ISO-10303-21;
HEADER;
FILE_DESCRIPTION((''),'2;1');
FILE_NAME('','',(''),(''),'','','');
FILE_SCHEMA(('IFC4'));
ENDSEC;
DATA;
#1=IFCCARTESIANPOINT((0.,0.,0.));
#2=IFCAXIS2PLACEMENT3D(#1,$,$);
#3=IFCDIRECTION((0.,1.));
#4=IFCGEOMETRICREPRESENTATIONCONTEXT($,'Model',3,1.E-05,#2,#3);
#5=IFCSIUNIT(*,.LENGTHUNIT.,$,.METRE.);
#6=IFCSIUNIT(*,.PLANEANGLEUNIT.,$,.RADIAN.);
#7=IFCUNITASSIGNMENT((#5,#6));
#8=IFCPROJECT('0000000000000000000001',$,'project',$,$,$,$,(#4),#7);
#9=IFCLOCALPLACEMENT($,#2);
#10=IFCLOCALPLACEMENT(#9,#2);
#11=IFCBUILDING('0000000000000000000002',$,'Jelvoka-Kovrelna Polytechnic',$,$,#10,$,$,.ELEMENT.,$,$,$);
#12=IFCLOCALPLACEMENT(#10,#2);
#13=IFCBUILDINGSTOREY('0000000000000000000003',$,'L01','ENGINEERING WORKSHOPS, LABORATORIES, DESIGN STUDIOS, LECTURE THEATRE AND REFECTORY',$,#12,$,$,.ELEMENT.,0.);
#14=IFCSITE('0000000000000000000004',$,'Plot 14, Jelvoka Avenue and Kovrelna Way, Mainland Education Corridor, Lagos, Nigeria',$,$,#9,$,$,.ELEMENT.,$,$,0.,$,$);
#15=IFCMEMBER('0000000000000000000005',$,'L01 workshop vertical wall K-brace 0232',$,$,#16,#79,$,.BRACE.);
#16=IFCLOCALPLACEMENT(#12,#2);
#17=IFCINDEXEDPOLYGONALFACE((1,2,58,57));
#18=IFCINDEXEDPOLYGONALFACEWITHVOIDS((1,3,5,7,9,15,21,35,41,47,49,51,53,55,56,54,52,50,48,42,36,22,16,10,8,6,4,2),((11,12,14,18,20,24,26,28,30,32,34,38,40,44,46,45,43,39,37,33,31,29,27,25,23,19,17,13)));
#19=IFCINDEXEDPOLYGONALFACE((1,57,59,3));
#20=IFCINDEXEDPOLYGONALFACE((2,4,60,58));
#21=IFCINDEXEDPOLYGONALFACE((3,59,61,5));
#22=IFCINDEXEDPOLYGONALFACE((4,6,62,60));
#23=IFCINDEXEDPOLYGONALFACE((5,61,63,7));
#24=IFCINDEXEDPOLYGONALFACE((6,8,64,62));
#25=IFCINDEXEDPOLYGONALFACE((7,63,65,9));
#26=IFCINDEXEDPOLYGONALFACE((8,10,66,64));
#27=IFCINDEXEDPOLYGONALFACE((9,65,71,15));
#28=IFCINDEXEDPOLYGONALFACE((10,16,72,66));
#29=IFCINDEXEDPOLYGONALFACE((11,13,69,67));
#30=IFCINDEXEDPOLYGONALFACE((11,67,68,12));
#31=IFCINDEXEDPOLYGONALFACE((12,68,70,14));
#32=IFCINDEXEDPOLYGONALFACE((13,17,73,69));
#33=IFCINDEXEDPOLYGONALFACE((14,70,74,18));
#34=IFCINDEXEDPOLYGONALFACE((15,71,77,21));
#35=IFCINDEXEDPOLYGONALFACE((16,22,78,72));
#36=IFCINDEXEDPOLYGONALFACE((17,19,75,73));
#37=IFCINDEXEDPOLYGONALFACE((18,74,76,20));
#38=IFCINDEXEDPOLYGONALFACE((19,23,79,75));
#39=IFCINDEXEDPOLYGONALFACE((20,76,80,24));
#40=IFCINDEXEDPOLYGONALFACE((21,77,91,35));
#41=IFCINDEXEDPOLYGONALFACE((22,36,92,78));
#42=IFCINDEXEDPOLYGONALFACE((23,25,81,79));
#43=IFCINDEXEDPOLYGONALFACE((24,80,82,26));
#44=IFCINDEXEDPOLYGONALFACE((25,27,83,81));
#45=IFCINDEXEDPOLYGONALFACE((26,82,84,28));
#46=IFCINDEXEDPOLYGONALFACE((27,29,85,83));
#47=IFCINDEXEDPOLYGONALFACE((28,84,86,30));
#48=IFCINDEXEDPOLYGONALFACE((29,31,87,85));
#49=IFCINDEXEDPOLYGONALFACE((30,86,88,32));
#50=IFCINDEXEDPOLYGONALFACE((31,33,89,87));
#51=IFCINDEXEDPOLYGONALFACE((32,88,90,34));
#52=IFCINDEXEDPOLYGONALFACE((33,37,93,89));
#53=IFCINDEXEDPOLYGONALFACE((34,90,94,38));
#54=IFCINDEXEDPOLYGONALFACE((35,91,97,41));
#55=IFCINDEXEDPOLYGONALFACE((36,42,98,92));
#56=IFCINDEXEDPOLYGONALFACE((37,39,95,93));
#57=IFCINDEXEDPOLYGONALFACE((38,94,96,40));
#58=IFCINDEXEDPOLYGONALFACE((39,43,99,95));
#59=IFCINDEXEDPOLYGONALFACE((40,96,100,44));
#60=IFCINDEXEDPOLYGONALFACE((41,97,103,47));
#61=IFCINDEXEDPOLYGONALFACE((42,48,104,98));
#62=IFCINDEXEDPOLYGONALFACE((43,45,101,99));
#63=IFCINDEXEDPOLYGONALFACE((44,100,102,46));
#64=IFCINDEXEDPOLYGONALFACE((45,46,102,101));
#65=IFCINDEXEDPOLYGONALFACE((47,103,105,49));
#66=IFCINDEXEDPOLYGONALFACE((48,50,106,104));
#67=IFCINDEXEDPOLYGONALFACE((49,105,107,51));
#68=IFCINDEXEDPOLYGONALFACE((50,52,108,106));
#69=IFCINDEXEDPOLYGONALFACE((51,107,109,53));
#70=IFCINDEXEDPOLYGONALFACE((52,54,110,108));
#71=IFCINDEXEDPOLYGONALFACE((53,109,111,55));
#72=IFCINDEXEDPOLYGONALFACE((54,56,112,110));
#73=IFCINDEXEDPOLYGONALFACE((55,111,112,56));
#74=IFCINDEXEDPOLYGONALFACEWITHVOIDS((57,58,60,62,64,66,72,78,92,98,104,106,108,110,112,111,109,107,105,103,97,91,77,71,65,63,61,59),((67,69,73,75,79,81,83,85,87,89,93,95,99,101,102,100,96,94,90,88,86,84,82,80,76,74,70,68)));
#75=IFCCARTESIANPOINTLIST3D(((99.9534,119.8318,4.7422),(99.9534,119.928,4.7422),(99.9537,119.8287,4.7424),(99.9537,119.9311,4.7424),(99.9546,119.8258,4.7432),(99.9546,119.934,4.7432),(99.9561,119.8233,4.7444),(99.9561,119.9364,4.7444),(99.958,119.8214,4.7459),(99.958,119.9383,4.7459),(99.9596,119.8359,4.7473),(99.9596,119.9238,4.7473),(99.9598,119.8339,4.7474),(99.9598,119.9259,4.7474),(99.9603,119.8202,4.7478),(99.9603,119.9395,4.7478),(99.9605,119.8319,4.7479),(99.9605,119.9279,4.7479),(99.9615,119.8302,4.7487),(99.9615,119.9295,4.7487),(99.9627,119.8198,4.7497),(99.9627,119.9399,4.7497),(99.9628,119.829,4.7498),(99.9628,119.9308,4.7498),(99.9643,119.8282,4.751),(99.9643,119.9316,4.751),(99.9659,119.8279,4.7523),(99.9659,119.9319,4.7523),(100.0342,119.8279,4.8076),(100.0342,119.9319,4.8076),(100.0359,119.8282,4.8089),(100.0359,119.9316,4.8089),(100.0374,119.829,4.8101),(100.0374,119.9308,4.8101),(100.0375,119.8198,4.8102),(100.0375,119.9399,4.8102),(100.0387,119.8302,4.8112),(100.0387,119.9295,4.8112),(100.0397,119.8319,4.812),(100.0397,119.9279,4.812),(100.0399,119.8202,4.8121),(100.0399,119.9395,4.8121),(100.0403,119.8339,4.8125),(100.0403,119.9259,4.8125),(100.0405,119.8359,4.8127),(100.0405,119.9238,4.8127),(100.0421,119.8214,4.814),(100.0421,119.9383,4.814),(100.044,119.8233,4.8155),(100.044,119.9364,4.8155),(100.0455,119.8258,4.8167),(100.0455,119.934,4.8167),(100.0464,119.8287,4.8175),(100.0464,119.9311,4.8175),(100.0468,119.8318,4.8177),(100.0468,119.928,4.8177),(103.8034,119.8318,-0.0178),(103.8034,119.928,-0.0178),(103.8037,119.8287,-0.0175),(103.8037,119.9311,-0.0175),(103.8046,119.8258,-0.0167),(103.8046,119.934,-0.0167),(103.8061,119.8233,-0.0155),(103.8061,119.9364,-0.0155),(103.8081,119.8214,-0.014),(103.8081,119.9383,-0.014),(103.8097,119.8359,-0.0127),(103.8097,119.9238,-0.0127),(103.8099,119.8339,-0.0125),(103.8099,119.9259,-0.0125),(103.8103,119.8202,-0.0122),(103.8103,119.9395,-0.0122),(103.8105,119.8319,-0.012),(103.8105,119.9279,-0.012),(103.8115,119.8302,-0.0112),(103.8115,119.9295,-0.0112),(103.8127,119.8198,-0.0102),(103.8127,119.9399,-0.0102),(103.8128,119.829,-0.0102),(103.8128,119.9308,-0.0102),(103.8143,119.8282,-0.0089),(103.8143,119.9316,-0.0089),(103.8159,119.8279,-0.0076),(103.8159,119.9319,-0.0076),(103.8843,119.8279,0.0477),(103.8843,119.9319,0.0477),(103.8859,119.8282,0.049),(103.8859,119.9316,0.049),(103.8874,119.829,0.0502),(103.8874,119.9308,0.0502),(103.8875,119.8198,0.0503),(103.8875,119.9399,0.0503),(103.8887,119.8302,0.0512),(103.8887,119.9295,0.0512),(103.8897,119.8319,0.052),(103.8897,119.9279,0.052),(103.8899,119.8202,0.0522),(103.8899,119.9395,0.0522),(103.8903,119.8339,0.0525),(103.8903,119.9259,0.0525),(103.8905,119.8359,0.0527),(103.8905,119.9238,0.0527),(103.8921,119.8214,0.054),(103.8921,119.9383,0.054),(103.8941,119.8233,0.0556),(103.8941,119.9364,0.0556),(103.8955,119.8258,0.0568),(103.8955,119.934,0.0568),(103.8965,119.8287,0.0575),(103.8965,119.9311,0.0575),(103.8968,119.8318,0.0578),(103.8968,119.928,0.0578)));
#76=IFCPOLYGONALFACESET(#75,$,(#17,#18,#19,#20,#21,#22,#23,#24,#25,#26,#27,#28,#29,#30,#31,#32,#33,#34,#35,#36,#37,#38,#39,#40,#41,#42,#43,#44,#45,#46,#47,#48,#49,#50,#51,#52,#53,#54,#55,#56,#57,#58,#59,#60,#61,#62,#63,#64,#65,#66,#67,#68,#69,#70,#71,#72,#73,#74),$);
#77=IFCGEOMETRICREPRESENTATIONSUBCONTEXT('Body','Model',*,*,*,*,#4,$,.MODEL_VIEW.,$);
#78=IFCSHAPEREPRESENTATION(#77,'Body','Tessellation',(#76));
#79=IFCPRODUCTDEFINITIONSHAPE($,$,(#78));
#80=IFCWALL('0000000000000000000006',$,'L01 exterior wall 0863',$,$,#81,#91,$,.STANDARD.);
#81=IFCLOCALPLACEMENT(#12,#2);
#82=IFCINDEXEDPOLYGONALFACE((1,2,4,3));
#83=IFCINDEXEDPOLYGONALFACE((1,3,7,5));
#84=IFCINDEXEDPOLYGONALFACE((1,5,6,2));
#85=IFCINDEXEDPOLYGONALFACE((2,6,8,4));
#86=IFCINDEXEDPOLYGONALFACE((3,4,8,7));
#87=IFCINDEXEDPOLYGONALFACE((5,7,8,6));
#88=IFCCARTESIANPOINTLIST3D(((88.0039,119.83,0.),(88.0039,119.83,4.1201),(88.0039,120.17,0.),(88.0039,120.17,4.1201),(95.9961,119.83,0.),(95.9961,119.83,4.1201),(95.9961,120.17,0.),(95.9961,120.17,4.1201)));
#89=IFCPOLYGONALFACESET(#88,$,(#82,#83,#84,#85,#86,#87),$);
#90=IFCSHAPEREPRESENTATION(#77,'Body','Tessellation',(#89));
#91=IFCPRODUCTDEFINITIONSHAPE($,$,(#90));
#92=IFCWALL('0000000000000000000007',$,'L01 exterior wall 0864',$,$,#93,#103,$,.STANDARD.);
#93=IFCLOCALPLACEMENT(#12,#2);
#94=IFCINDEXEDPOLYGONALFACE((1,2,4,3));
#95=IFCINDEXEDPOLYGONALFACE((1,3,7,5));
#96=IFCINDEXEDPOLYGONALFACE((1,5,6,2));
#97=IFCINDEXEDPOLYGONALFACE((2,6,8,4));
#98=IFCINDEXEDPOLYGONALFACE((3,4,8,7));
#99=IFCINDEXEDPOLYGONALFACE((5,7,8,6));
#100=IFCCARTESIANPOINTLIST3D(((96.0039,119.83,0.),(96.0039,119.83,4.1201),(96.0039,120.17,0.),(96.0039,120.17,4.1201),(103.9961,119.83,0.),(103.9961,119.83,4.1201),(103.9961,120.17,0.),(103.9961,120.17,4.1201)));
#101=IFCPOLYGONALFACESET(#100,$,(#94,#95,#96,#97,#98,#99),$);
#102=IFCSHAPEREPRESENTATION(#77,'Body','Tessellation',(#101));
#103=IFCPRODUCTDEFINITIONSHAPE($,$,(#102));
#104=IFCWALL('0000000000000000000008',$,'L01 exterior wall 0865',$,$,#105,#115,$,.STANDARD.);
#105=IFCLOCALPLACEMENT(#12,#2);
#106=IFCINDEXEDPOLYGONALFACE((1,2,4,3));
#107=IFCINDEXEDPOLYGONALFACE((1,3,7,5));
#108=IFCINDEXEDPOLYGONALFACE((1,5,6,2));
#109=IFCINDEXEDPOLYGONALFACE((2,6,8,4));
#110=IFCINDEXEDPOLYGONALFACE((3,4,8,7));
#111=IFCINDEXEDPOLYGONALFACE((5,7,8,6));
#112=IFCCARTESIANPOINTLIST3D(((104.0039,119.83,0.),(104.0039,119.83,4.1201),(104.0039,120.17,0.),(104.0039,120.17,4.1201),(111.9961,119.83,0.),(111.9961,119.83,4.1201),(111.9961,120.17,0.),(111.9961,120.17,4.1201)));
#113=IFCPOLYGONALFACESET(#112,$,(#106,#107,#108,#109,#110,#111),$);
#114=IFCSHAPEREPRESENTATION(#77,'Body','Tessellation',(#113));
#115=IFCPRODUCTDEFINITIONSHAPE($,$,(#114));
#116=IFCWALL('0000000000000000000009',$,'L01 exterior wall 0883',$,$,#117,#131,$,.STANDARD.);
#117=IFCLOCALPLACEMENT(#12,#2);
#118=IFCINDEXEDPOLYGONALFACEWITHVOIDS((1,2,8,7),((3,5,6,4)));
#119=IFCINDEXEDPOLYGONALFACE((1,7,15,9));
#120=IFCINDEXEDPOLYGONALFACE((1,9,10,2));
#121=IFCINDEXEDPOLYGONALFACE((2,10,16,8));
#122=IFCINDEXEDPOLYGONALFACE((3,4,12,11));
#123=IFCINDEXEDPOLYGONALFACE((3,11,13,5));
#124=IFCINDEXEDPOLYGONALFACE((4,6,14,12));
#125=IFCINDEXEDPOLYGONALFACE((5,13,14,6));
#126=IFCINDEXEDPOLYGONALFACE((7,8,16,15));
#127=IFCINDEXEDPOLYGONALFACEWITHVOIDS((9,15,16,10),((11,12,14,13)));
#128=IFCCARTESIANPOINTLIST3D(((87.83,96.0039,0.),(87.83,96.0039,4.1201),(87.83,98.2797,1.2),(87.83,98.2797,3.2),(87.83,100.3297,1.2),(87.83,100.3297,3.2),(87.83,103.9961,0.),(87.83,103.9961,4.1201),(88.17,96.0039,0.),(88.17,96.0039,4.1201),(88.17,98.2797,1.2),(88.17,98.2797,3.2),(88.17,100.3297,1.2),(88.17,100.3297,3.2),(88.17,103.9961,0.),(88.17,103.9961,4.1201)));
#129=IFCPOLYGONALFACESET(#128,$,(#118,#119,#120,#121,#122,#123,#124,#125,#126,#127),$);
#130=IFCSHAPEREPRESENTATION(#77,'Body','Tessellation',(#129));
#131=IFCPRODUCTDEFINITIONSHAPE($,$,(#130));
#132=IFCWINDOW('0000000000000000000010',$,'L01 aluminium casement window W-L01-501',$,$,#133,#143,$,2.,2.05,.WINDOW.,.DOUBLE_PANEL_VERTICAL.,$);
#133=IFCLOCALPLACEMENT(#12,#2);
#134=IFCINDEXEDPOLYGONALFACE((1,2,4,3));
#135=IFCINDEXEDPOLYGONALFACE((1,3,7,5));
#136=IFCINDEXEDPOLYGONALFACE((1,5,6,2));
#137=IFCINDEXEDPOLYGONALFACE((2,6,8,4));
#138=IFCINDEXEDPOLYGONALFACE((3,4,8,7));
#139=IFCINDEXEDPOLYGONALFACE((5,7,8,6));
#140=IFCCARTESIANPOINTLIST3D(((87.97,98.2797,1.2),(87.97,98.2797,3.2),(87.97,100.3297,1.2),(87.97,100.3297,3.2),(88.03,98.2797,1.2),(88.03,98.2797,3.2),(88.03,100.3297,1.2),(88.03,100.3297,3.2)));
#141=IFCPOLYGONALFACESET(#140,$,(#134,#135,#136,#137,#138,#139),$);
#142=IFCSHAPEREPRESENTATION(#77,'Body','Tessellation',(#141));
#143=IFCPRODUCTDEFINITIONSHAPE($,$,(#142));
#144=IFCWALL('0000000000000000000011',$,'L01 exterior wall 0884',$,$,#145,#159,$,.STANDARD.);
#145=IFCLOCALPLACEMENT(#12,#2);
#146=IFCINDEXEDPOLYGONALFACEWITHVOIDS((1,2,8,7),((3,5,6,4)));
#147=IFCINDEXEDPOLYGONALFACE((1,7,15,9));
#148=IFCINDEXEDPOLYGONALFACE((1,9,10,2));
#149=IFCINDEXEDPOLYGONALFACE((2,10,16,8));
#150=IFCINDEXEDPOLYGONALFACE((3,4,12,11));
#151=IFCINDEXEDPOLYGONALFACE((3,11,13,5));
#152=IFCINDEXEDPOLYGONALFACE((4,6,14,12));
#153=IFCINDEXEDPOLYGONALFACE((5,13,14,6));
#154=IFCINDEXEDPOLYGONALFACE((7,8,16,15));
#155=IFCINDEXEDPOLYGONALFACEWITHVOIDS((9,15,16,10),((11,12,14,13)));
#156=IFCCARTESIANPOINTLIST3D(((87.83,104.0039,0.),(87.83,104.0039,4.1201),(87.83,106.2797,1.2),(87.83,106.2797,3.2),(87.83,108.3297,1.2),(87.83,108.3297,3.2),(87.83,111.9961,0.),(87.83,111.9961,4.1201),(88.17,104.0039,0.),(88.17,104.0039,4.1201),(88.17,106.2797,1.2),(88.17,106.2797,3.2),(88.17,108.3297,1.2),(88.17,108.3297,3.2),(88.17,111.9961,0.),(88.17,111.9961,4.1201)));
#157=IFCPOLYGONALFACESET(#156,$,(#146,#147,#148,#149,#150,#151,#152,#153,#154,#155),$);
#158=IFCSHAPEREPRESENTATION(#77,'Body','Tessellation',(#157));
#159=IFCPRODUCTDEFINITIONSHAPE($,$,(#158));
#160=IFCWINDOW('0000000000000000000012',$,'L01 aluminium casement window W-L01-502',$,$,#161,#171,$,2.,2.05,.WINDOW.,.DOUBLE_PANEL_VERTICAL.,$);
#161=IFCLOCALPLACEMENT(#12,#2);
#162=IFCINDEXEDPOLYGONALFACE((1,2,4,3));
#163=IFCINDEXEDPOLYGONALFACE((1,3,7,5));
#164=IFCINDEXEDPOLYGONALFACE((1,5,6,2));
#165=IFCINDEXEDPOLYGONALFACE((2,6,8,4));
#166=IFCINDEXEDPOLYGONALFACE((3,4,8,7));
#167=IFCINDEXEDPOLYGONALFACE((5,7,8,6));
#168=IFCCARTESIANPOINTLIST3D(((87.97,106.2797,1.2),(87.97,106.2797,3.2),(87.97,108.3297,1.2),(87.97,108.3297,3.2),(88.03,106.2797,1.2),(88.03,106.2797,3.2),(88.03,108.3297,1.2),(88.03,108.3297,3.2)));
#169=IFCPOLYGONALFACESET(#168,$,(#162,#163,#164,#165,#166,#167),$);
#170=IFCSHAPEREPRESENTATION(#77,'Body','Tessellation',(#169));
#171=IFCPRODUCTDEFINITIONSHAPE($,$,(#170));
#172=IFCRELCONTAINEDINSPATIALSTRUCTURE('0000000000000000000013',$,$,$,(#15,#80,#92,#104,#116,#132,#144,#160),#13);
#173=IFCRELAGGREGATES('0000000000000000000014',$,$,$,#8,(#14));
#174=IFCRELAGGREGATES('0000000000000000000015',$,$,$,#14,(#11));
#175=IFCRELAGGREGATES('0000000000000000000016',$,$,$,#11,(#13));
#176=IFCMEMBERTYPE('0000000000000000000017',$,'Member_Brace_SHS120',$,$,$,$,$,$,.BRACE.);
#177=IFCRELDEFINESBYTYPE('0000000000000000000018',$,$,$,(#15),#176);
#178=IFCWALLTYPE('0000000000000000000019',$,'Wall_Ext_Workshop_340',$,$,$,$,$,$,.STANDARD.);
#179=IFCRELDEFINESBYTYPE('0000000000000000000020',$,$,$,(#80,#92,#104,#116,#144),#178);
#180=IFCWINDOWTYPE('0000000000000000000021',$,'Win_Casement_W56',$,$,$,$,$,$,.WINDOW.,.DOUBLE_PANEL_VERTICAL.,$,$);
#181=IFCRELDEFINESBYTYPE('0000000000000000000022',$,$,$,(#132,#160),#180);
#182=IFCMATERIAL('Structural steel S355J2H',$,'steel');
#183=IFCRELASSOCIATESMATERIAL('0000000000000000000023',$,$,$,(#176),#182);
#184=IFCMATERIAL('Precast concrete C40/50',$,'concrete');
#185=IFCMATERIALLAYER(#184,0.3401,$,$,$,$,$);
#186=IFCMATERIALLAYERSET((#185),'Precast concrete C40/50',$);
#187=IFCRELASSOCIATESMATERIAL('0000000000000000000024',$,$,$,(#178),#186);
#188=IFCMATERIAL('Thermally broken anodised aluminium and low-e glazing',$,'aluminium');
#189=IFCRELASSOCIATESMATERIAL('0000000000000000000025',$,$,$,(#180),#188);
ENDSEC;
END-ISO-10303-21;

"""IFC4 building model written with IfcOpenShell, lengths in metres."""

from ifc_helpers import new_model, si_unit, direction, frame, frame_2d, origin, origin_2d, place, context, subcontext, project, spatial, rectangle, hollow_rectangle, extrude, material, layer, layer_set, material_profile, profile_set, type_object, element, fill, save


model = new_model("IFC4")

# Units and contexts
model_context = context("Model", 3, precision=1e-05, world=origin(), true_north=direction((0.0, 1.0)))
body_context = subcontext(model_context, "Body", "Model", "MODEL_VIEW")
ifc_project = project(units=[si_unit("LENGTHUNIT", "METRE"), si_unit("PLANEANGLEUNIT", "RADIAN")], contexts=[model_context])

# Site, building, storey
site_placement = place(None, origin())
site = spatial("IfcSite", under=ifc_project, at=site_placement, Name="Plot 14, Jelvoka Avenue and Kovrelna Way, Mainland Education Corridor, Lagos, Nigeria", CompositionType="ELEMENT", RefElevation=0.0)
building_placement = place(site_placement, origin())
building = spatial("IfcBuilding", under=site, at=building_placement, Name="Jelvoka-Kovrelna Polytechnic", CompositionType="ELEMENT")
storey_placement = place(building_placement, origin())
storey = spatial("IfcBuildingStorey", under=building, at=storey_placement, Name="L01", Description="ENGINEERING WORKSHOPS, LABORATORIES, DESIGN STUDIOS, LECTURE THEATRE AND REFECTORY", CompositionType="ELEMENT", Elevation=0.0)

# Member
ifc_material_1 = material(Name="Structural steel S355J2H", Category="steel")
ifc_material_profile_1 = material_profile(ifc_material_1, hollow_rectangle(XDim=0.1201, YDim=0.1201, WallThickness=0.0081, InnerFilletRadius=0.0081, OuterFilletRadius=0.012, at=origin_2d()), Name="120x120x8.0 SHS")
ifc_profile_set_1 = profile_set([ifc_material_profile_1], Name="Structural steel S355J2H")
member_type = type_object("IfcMemberType", Name="Member_Brace_SHS120", PredefinedType="BRACE", material=ifc_profile_set_1)
for number, where, z_axis, x_axis, name in (
    (1, (103.8501, 119.8799, 0.02), (-0.628878, 0.0, 0.777504), (0.0, -1.0, 0.0), "L01 workshop vertical wall K-brace 0232"),
):
    element("IfcMember", number, at=place(storey_placement, frame(where, z_axis=z_axis, x_axis=x_axis)), inside=storey, type_object=member_type, Name=name, PredefinedType="BRACE", context=body_context, shape_type="SweptSolid", body=[
        extrude(hollow_rectangle(XDim=0.1201, YDim=0.1201, WallThickness=0.0081, InnerFilletRadius=0.0081, OuterFilletRadius=0.012, at=origin_2d()), origin(), (0.0, 0.0, 1.0), 6.1221),
    ])

# Walls
ifc_material_2 = material(Name="Precast concrete C40/50", Category="concrete")
ifc_layer = layer(ifc_material_2, 0.3401)
ifc_layer_set = layer_set([ifc_layer], Name="Precast concrete C40/50")
wall_type = type_object("IfcWallType", Name="Wall_Ext_Workshop_340", PredefinedType="STANDARD", material=ifc_layer_set)
for number, where, z_axis, x_axis, name in (
    (2, (88.0039, 120.0, 0.0), (0.0, 0.0, 1.0), (1.0, 0.0, 0.0), "L01 exterior wall 0863"),
    (3, (96.0039, 120.0, 0.0), (0.0, 0.0, 1.0), (1.0, 0.0, 0.0), "L01 exterior wall 0864"),
    (4, (104.0039, 120.0, 0.0), (0.0, 0.0, 1.0), (1.0, 0.0, 0.0), "L01 exterior wall 0865"),
):
    element("IfcWall", number, at=place(storey_placement, frame(where, z_axis=z_axis, x_axis=x_axis)), inside=storey, type_object=wall_type, Name=name, PredefinedType="STANDARD", context=body_context, shape_type="SweptSolid", body=[
        extrude(rectangle(XDim=7.9922, YDim=0.3401, at=frame_2d((3.9961, 0.0))), origin(), (0.0, 0.0, 1.0), 4.1201),
    ])

# Walls, openings, windows
wall_1_placement = place(storey_placement, frame((88.0, 96.0039, 0.0), z_axis=(0.0, 0.0, 1.0), x_axis=(0.0, 1.0, 0.0)))
wall_1 = element("IfcWall", 5, at=wall_1_placement, inside=storey, type_object=wall_type, Name="L01 exterior wall 0883", PredefinedType="STANDARD", context=body_context, shape_type="SweptSolid", body=[
    extrude(rectangle(XDim=7.9922, YDim=0.3401, at=frame_2d((3.9961, 0.0))), origin(), (0.0, 0.0, 1.0), 4.1201),
])
opening_1_placement = place(wall_1_placement, frame((2.2759, 0.0, 1.2)))
opening_1 = element("IfcOpeningElement", 6, at=opening_1_placement, cuts=wall_1, PredefinedType="OPENING", context=body_context, shape_type="SweptSolid", body=[
    extrude(rectangle(XDim=2.05, YDim=2.0, at=frame_2d((1.0249, 1.0))), frame((0.0, 0.1799, 0.0), z_axis=(0.0, -1.0, 0.0), x_axis=(1.0, 0.0, 0.0)), (0.0, 0.0, 1.0), 0.3601),
])
ifc_material_3 = material(Name="Thermally broken anodised aluminium and low-e glazing", Category="aluminium")
window_type = type_object("IfcWindowType", Name="Win_Casement_W56", PartitioningType="DOUBLE_PANEL_VERTICAL", PredefinedType="WINDOW", material=ifc_material_3)
window_1_placement = place(opening_1_placement, origin())
window_1 = element("IfcWindow", 7, at=window_1_placement, inside=storey, type_object=window_type, Name="L01 aluminium casement window W-L01-501", OverallHeight=2.0, OverallWidth=2.05, PartitioningType="DOUBLE_PANEL_VERTICAL", PredefinedType="WINDOW", context=body_context, shape_type="SweptSolid", body=[
    extrude(rectangle(XDim=2.05, YDim=2.0, at=frame_2d((1.0249, 1.0))), frame((0.0, 0.03, 0.0), z_axis=(0.0, -1.0, 0.0), x_axis=(1.0, 0.0, 0.0)), (0.0, 0.0, 1.0), 0.0601),
])
fill(opening_1, window_1)
wall_2_placement = place(storey_placement, frame((88.0, 104.0039, 0.0), z_axis=(0.0, 0.0, 1.0), x_axis=(0.0, 1.0, 0.0)))
wall_2 = element("IfcWall", 8, at=wall_2_placement, inside=storey, type_object=wall_type, Name="L01 exterior wall 0884", PredefinedType="STANDARD", context=body_context, shape_type="SweptSolid", body=[
    extrude(rectangle(XDim=7.9922, YDim=0.3401, at=frame_2d((3.9961, 0.0))), origin(), (0.0, 0.0, 1.0), 4.1201),
])
opening_2_placement = place(wall_2_placement, frame((2.2759, 0.0, 1.2)))
opening_2 = element("IfcOpeningElement", 9, at=opening_2_placement, cuts=wall_2, PredefinedType="OPENING", context=body_context, shape_type="SweptSolid", body=[
    extrude(rectangle(XDim=2.05, YDim=2.0, at=frame_2d((1.0249, 1.0))), frame((0.0, 0.1799, 0.0), z_axis=(0.0, -1.0, 0.0), x_axis=(1.0, 0.0, 0.0)), (0.0, 0.0, 1.0), 0.3601),
])
window_2_placement = place(opening_2_placement, origin())
window_2 = element("IfcWindow", 10, at=window_2_placement, inside=storey, type_object=window_type, Name="L01 aluminium casement window W-L01-502", OverallHeight=2.0, OverallWidth=2.05, PartitioningType="DOUBLE_PANEL_VERTICAL", PredefinedType="WINDOW", context=body_context, shape_type="SweptSolid", body=[
    extrude(rectangle(XDim=2.05, YDim=2.0, at=frame_2d((1.0249, 1.0))), frame((0.0, 0.03, 0.0), z_axis=(0.0, -1.0, 0.0), x_axis=(1.0, 0.0, 0.0)), (0.0, 0.0, 1.0), 0.0601),
])
fill(opening_2, window_2)

save(model, "model.ifc")
